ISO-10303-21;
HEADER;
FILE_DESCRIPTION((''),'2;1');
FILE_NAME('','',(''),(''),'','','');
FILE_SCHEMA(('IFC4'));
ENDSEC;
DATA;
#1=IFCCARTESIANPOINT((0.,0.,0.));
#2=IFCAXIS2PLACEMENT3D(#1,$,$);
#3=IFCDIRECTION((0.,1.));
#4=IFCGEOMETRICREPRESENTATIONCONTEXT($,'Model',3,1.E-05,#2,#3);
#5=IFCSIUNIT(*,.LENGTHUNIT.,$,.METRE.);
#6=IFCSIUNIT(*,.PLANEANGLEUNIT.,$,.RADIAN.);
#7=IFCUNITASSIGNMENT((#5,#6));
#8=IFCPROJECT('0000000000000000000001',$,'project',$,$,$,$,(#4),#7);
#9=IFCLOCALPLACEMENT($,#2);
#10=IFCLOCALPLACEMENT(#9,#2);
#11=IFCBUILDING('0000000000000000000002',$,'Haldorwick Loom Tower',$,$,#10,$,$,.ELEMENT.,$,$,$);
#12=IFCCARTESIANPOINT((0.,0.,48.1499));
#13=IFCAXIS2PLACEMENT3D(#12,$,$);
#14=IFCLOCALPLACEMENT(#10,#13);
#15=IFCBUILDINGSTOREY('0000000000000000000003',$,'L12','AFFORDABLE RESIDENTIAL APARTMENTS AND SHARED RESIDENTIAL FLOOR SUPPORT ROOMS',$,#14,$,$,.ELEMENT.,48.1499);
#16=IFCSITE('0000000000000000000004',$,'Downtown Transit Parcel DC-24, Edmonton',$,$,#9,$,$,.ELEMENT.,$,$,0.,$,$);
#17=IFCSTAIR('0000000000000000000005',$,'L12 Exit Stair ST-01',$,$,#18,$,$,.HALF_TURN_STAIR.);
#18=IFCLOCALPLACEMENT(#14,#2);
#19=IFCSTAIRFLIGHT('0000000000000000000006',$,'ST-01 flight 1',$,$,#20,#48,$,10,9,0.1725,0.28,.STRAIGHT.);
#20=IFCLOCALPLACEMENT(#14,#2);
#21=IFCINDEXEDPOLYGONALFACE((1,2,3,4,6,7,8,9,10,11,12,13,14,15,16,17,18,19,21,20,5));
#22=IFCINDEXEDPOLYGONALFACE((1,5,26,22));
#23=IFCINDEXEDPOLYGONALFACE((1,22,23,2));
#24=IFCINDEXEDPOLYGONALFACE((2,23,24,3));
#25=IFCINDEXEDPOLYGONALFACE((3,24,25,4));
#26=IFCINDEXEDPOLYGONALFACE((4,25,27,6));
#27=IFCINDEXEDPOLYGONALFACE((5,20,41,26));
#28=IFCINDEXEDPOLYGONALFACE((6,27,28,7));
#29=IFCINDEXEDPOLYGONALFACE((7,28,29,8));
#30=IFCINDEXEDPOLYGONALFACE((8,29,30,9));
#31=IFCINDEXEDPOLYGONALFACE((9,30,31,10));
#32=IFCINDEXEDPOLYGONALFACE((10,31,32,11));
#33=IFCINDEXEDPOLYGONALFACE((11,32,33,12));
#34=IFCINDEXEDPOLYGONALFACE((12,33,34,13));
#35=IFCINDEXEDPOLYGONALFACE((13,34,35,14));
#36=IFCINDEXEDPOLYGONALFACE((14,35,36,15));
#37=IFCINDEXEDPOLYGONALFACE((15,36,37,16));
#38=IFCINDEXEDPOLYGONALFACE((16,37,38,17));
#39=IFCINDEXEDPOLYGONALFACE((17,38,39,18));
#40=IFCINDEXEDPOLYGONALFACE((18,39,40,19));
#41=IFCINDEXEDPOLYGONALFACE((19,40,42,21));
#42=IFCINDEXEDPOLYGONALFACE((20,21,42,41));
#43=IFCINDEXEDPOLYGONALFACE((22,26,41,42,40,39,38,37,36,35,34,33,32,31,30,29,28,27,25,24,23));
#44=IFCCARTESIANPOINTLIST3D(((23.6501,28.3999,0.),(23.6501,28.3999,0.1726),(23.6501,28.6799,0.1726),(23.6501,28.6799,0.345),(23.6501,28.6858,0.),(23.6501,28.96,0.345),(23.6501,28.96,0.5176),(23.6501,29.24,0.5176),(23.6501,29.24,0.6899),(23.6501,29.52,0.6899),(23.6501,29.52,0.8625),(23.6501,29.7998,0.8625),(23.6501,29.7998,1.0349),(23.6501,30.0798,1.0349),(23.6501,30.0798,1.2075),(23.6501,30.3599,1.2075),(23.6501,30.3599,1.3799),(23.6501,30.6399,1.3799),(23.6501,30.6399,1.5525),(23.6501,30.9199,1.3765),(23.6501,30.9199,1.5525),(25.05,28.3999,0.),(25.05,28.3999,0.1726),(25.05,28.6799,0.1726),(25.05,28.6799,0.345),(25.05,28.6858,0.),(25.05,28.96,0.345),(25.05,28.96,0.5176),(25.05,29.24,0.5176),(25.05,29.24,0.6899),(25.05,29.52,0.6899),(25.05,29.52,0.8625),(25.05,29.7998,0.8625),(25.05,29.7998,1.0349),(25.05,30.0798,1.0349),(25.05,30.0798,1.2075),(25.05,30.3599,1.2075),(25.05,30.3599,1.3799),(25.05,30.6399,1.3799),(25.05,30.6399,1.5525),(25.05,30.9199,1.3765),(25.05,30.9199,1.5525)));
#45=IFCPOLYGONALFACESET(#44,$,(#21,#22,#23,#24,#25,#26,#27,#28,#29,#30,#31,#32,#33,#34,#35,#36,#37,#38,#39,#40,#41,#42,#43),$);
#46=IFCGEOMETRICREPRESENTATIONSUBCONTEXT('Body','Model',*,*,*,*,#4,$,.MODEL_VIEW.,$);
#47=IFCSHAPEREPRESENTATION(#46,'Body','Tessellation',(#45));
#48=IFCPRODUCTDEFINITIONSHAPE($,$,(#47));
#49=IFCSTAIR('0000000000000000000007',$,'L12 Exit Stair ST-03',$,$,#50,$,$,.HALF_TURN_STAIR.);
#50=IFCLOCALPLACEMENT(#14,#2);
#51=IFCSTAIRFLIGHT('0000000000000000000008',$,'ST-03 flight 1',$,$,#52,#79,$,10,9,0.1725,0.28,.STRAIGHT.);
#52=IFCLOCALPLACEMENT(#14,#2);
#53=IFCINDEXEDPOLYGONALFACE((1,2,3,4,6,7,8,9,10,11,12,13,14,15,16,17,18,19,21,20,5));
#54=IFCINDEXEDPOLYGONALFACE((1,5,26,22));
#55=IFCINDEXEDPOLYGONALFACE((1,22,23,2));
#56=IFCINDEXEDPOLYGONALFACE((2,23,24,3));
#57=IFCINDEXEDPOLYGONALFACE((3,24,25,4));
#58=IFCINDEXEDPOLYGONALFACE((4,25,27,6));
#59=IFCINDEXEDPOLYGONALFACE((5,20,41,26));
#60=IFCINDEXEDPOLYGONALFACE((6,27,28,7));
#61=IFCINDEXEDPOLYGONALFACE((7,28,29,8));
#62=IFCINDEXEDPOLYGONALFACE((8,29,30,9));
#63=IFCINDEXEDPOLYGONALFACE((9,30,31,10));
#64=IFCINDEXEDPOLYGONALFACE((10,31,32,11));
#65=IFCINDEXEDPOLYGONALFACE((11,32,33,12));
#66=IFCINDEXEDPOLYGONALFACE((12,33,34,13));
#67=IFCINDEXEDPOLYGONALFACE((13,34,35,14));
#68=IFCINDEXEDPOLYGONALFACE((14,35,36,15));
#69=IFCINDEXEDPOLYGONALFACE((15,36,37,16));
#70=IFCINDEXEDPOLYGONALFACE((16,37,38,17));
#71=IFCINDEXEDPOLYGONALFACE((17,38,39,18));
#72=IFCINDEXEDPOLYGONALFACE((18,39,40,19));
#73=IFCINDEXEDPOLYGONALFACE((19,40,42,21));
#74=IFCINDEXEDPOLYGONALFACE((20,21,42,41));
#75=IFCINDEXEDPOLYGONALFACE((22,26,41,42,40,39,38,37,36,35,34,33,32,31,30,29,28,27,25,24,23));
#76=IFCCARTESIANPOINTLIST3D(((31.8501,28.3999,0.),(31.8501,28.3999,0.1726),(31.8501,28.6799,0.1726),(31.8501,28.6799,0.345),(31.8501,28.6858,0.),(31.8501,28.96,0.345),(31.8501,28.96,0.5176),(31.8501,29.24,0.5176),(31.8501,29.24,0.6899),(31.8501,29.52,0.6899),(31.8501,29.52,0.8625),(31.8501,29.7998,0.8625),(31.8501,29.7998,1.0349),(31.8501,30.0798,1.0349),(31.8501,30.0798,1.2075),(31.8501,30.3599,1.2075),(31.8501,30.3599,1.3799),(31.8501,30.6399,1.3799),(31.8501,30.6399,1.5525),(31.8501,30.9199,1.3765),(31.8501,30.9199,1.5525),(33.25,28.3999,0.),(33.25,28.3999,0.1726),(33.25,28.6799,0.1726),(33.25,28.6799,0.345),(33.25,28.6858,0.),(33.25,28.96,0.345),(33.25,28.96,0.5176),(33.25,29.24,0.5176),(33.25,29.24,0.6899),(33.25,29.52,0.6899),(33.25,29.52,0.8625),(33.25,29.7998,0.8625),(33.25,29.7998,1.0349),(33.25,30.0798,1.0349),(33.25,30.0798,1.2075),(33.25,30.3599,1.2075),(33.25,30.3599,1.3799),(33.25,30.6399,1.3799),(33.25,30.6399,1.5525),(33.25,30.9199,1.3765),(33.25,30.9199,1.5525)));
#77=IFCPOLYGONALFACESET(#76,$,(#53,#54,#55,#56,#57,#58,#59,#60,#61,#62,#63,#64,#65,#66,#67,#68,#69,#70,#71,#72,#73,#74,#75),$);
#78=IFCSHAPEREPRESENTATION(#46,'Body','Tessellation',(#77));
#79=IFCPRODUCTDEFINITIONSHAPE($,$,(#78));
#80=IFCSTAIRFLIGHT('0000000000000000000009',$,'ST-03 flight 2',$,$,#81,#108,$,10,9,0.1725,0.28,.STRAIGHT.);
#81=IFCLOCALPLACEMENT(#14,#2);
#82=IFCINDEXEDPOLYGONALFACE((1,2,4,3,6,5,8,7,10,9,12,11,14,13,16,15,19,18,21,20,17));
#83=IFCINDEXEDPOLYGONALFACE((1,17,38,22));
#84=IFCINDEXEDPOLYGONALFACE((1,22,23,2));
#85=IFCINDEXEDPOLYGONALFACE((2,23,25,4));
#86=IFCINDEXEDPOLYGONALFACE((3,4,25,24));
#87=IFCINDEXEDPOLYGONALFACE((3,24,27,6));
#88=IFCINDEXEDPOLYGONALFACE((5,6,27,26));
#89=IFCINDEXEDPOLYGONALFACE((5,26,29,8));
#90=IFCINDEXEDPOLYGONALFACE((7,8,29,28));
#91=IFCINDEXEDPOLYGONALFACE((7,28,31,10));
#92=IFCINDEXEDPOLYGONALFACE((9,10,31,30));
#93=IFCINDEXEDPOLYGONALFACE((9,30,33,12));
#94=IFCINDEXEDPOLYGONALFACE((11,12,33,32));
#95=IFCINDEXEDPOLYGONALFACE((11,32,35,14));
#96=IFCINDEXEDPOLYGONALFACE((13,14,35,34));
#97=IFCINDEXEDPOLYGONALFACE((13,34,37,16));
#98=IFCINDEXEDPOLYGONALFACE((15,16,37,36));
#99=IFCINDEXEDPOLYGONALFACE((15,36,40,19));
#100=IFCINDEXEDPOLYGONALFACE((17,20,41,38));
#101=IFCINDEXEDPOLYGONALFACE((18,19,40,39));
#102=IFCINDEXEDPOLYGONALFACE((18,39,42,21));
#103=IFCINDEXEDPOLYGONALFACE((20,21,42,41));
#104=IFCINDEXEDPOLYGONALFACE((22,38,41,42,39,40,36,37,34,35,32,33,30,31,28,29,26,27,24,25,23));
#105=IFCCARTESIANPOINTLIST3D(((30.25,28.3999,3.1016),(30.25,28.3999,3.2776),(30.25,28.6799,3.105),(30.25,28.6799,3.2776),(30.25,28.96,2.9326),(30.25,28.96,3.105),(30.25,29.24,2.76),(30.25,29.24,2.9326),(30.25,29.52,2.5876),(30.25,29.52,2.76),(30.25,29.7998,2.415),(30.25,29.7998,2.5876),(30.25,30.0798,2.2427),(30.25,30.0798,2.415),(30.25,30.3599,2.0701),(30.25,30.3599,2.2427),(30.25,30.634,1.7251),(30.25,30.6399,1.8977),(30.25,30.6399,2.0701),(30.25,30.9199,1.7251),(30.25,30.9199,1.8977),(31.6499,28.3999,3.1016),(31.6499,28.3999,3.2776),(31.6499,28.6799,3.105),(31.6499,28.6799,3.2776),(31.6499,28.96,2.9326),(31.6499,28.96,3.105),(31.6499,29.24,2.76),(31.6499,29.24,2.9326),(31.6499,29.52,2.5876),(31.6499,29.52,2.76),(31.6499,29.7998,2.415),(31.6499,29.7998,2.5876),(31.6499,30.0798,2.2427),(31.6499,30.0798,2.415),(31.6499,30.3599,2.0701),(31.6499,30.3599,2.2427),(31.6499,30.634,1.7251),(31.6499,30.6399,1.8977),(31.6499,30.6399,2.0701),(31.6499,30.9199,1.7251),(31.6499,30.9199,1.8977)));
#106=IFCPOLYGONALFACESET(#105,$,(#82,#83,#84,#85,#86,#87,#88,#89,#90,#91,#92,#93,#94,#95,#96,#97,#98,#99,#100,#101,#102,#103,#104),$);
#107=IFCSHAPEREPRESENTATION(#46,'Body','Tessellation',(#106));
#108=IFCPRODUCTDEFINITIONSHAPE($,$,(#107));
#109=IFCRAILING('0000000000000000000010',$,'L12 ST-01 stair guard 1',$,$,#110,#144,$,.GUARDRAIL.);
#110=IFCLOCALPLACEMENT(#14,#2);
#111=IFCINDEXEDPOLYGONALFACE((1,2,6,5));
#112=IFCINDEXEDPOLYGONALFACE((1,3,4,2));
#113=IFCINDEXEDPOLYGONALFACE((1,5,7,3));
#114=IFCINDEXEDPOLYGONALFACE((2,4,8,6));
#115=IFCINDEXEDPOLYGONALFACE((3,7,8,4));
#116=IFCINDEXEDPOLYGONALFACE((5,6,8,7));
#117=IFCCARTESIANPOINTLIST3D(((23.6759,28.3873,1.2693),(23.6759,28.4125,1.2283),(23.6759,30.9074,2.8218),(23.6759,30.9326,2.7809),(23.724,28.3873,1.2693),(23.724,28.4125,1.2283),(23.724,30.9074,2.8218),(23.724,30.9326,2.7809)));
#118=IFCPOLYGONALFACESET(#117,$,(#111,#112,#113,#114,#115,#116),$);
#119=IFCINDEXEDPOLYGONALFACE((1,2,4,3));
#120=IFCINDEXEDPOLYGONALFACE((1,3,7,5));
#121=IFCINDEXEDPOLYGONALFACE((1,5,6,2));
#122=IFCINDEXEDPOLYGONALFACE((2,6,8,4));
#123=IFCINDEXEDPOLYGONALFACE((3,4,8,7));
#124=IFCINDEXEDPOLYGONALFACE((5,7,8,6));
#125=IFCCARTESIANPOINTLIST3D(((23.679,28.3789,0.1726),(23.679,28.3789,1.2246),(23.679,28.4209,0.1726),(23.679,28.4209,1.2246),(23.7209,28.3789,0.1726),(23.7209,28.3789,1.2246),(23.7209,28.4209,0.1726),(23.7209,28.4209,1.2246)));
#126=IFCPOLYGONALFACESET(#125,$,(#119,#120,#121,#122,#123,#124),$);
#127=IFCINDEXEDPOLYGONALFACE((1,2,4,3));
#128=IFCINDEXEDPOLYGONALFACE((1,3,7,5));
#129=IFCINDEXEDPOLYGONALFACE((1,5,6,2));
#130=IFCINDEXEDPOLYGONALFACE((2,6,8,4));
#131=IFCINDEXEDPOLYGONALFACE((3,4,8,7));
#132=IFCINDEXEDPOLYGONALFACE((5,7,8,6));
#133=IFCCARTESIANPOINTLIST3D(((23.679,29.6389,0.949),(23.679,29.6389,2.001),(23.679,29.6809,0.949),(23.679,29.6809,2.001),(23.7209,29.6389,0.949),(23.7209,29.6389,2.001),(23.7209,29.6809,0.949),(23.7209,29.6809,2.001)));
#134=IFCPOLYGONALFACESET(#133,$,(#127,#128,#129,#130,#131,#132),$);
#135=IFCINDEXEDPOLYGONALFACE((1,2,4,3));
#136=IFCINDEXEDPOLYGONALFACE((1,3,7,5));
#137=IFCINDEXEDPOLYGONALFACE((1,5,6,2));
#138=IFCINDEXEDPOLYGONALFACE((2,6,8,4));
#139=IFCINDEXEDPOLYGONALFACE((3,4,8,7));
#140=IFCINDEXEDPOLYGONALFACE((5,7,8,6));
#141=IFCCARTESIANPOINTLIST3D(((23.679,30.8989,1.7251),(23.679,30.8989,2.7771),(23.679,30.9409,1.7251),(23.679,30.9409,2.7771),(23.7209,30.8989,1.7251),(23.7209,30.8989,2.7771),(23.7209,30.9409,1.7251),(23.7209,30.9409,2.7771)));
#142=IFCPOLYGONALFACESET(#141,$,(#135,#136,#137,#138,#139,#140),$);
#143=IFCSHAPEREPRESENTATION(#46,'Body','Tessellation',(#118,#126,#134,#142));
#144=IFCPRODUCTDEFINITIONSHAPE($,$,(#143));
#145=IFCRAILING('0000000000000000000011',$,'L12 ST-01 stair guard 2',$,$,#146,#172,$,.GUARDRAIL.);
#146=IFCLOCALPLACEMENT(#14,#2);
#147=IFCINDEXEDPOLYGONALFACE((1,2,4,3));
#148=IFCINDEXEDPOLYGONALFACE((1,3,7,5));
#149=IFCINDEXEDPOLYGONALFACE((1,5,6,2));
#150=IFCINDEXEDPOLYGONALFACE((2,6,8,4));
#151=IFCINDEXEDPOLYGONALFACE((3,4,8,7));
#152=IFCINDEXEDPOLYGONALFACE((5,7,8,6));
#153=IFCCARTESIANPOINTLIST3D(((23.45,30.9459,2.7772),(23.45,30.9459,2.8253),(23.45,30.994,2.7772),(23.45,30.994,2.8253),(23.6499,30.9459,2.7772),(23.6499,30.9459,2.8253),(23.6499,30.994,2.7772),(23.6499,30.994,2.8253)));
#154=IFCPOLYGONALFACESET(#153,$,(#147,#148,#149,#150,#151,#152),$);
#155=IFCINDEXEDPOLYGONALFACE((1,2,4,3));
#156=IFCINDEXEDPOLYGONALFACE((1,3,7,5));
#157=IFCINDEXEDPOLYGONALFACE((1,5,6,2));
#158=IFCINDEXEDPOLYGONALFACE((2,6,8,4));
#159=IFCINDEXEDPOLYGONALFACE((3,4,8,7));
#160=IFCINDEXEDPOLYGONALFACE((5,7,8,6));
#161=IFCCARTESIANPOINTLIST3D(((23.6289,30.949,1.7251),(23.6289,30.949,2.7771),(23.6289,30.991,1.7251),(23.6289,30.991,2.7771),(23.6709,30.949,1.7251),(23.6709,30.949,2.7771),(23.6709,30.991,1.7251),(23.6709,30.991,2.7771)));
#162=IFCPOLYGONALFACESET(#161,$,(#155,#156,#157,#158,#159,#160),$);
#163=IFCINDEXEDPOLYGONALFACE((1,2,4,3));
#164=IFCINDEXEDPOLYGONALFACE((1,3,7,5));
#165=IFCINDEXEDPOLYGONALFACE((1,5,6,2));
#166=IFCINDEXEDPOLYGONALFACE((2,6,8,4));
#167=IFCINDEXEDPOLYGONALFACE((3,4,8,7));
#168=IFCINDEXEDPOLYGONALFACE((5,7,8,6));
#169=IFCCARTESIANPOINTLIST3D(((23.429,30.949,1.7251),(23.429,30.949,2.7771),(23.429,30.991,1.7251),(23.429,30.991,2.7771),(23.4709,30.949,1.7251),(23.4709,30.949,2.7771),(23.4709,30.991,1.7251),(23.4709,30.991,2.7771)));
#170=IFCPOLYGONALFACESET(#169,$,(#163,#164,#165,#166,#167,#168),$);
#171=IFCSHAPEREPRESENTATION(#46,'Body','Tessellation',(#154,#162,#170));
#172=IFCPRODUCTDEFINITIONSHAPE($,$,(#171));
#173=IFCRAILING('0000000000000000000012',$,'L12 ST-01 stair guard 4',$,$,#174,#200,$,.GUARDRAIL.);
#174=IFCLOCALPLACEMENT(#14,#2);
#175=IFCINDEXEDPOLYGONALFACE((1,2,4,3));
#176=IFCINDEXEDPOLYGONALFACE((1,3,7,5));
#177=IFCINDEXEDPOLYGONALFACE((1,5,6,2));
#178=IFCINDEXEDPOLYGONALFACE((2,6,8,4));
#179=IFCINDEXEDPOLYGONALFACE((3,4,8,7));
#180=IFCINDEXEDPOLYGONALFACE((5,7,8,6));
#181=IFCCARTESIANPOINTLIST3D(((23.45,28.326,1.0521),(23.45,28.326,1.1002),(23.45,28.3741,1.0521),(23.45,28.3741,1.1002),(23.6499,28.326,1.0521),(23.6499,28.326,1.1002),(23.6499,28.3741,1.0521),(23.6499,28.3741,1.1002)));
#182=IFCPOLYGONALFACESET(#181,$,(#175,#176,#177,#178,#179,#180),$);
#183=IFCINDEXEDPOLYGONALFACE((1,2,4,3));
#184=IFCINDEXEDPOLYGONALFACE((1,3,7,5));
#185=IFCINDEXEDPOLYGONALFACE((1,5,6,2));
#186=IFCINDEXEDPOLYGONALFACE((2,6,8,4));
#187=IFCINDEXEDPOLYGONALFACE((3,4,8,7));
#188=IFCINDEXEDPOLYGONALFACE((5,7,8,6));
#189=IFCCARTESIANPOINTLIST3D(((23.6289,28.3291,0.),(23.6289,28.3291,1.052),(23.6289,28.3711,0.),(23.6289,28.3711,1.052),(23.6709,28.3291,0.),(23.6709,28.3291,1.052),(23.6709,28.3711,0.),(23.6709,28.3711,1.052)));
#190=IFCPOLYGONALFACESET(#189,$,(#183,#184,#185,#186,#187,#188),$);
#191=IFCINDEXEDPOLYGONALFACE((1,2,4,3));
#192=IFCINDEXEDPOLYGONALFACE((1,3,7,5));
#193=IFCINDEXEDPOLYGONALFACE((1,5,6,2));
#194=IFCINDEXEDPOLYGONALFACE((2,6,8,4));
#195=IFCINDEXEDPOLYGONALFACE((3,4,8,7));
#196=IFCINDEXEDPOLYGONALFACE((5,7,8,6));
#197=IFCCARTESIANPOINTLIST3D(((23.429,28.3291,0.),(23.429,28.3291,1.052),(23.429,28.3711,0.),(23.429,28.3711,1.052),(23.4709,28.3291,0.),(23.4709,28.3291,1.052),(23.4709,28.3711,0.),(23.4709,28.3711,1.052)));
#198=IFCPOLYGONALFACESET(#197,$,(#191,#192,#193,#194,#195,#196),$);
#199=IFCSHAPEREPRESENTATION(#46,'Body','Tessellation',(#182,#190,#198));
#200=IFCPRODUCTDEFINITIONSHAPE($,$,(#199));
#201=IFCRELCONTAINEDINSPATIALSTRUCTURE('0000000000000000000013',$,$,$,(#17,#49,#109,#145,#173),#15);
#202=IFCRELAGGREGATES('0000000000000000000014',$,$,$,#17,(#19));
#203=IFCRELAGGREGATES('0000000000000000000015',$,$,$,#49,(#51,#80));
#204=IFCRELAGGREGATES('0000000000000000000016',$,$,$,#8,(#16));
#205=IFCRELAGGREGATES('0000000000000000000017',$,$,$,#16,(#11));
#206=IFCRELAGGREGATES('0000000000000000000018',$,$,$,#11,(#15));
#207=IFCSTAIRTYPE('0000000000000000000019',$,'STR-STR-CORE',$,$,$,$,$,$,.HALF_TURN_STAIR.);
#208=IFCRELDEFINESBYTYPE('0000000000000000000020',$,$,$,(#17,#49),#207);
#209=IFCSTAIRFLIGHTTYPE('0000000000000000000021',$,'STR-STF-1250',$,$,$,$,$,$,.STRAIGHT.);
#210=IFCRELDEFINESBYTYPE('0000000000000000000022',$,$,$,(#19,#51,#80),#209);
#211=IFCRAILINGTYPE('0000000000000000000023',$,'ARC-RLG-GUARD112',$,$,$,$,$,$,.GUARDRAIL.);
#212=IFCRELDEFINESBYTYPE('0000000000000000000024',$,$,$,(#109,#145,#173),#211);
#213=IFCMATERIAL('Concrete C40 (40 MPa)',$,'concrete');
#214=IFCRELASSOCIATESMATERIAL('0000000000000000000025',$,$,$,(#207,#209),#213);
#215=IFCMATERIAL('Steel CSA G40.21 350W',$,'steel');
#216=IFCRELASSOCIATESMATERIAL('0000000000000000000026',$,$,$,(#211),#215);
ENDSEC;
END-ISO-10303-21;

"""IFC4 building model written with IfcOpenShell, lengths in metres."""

from ifc_helpers import new_model, si_unit, direction, frame, origin, origin_2d, place, context, subcontext, project, spatial, polyline, rectangle, outline, extrude, material, type_object, element, aggregate, save


model = new_model("IFC4")

# Units and contexts
model_context = context("Model", 3, precision=1e-05, world=origin(), true_north=direction((0.0, 1.0)))
body_context = subcontext(model_context, "Body", "Model", "MODEL_VIEW")
ifc_project = project(units=[si_unit("LENGTHUNIT", "METRE"), si_unit("PLANEANGLEUNIT", "RADIAN")], contexts=[model_context])

# Site, building, storey
site_placement = place(None, origin())
site = spatial("IfcSite", under=ifc_project, at=site_placement, Name="Downtown Transit Parcel DC-24, Edmonton", CompositionType="ELEMENT", RefElevation=0.0)
building_placement = place(site_placement, origin())
building = spatial("IfcBuilding", under=site, at=building_placement, Name="Haldorwick Loom Tower", CompositionType="ELEMENT")
storey_placement = place(building_placement, frame((0.0, 0.0, 48.1499)))
storey = spatial("IfcBuildingStorey", under=building, at=storey_placement, Name="L12", Description="AFFORDABLE RESIDENTIAL APARTMENTS AND SHARED RESIDENTIAL FLOOR SUPPORT ROOMS", CompositionType="ELEMENT", Elevation=48.1499)

# Shared definitions
ifc_material_1 = material(Name="Steel CSA G40.21 350W", Category="steel")

# Stair, stair flight
ifc_material_2 = material(Name="Concrete C40 (40 MPa)", Category="concrete")
stair_type = type_object("IfcStairType", Name="STR-STR-CORE", PredefinedType="HALF_TURN_STAIR", material=ifc_material_2)
stair_1_placement = place(storey_placement, origin())
stair_1 = element("IfcStair", 1, at=stair_1_placement, inside=storey, type_object=stair_type, Name="L12 Exit Stair ST-01", PredefinedType="HALF_TURN_STAIR")
stair_flight_type = type_object("IfcStairFlightType", Name="STR-STF-1250", PredefinedType="STRAIGHT", material=ifc_material_2)
stair_flight_1_placement = place(storey_placement, frame((24.3501, 28.3999, 0.0), z_axis=(0.0, 0.0, 1.0), x_axis=(0.0, 1.0, 0.0)))
stair_flight_1 = element("IfcStairFlight", 2, at=stair_flight_1_placement, type_object=stair_flight_type, Name="ST-01 flight 1", NumberOfRisers=10, NumberOfTreads=9, PredefinedType="STRAIGHT", RiserHeight=0.1725, TreadLength=0.28, context=body_context, shape_type="SweptSolid", body=[
    extrude(outline(polyline([(0.0, 0.0), (0.0, 0.1726), (0.28, 0.1726), (0.28, 0.345), (0.5601, 0.345), (0.5601, 0.5176), (0.8401, 0.5176), (0.8401, 0.6899), (1.1201, 0.6899), (1.1201, 0.8625), (1.3999, 0.8625), (1.3999, 1.0349), (1.6799, 1.0349), (1.6799, 1.2075), (1.96, 1.2075), (1.96, 1.3799), (2.24, 1.3799), (2.24, 1.5525), (2.52, 1.5525), (2.52, 1.7251), (2.52, 1.3765), (0.2859, 0.0), (0.0, 0.0)])), frame((0.0, 0.7, 0.0), z_axis=(0.0, -1.0, 0.0), x_axis=(1.0, 0.0, 0.0)), (0.0, 0.0, 1.0), 1.3999),
])
aggregate(stair_1, [stair_flight_1])

# Stair, stair flights
stair_2_placement = place(storey_placement, origin())
stair_2 = element("IfcStair", 3, at=stair_2_placement, inside=storey, type_object=stair_type, Name="L12 Exit Stair ST-03", PredefinedType="HALF_TURN_STAIR")
stair_flight_2_placement = place(storey_placement, frame((32.55, 28.3999, 0.0), z_axis=(0.0, 0.0, 1.0), x_axis=(0.0, 1.0, 0.0)))
stair_flight_2 = element("IfcStairFlight", 4, at=stair_flight_2_placement, type_object=stair_flight_type, Name="ST-03 flight 1", NumberOfRisers=10, NumberOfTreads=9, PredefinedType="STRAIGHT", RiserHeight=0.1725, TreadLength=0.28, context=body_context, shape_type="SweptSolid", body=[
    extrude(outline(polyline([(0.0, 0.0), (0.0, 0.1726), (0.28, 0.1726), (0.28, 0.345), (0.5601, 0.345), (0.5601, 0.5176), (0.8401, 0.5176), (0.8401, 0.6899), (1.1201, 0.6899), (1.1201, 0.8625), (1.3999, 0.8625), (1.3999, 1.0349), (1.6799, 1.0349), (1.6799, 1.2075), (1.96, 1.2075), (1.96, 1.3799), (2.24, 1.3799), (2.24, 1.5525), (2.52, 1.5525), (2.52, 1.7251), (2.52, 1.3765), (0.2859, 0.0), (0.0, 0.0)])), frame((0.0, 0.7, 0.0), z_axis=(0.0, -1.0, 0.0), x_axis=(1.0, 0.0, 0.0)), (0.0, 0.0, 1.0), 1.3999),
])
stair_flight_3_placement = place(storey_placement, frame((30.95, 30.9199, 1.7251), z_axis=(0.0, 0.0, 1.0), x_axis=(0.0, -1.0, 0.0)))
stair_flight_3 = element("IfcStairFlight", 5, at=stair_flight_3_placement, type_object=stair_flight_type, Name="ST-03 flight 2", NumberOfRisers=10, NumberOfTreads=9, PredefinedType="STRAIGHT", RiserHeight=0.1725, TreadLength=0.28, context=body_context, shape_type="SweptSolid", body=[
    extrude(outline(polyline([(0.0, 0.0), (0.0, 0.1726), (0.28, 0.1726), (0.28, 0.345), (0.5601, 0.345), (0.5601, 0.5176), (0.8401, 0.5176), (0.8401, 0.6899), (1.1201, 0.6899), (1.1201, 0.8625), (1.3999, 0.8625), (1.3999, 1.0349), (1.6799, 1.0349), (1.6799, 1.2075), (1.96, 1.2075), (1.96, 1.3799), (2.24, 1.3799), (2.24, 1.5525), (2.52, 1.5525), (2.52, 1.7251), (2.52, 1.3765), (0.2859, 0.0), (0.0, 0.0)])), frame((0.0, 0.7, 0.0), z_axis=(0.0, -1.0, 0.0), x_axis=(1.0, 0.0, 0.0)), (0.0, 0.0, 1.0), 1.3999),
])
aggregate(stair_2, [stair_flight_2, stair_flight_3])

# Railings
railing_type_1 = type_object("IfcRailingType", Name="ARC-RLG-GUARD112", PredefinedType="GUARDRAIL", material=ifc_material_1)
railing_1_placement = place(storey_placement, frame((23.7, 28.3999, 0.1726)))
element("IfcRailing", 6, at=railing_1_placement, inside=storey, type_object=railing_type_1, Name="L12 ST-01 stair guard 1", PredefinedType="GUARDRAIL", context=body_context, shape_type="SweptSolid", body=[
    extrude(rectangle(XDim=0.0481, YDim=0.0481, at=origin_2d()), frame((0.0, 0.0, 1.0762), z_axis=(0.0, 0.8514, 0.524516), x_axis=(-1.0, 0.0, 0.0)), (0.0, 0.0, 1.0), 2.96),
    extrude(rectangle(XDim=0.042, YDim=0.042, at=origin_2d()), origin(), (0.0, 0.0, 1.0), 1.052),
    extrude(rectangle(XDim=0.042, YDim=0.042, at=origin_2d()), frame((0.0, 1.26, 0.7764)), (0.0, 0.0, 1.0), 1.052),
    extrude(rectangle(XDim=0.042, YDim=0.042, at=origin_2d()), frame((0.0, 2.52, 1.5525)), (0.0, 0.0, 1.0), 1.052),
])
for number, where, name in (
    (7, (23.6499, 30.97, 1.7251), "L12 ST-01 stair guard 2"),
    (8, (23.6499, 28.3501, 0.0), "L12 ST-01 stair guard 4"),
):
    element("IfcRailing", number, at=place(storey_placement, frame(where)), inside=storey, type_object=railing_type_1, Name=name, PredefinedType="GUARDRAIL", context=body_context, shape_type="SweptSolid", body=[
        extrude(rectangle(XDim=0.0481, YDim=0.0481, at=origin_2d()), frame((0.0, 0.0, 1.0762), z_axis=(-1.0, 0.0, 0.0), x_axis=(0.0, -1.0, 0.0)), (0.0, 0.0, 1.0), 0.2),
        extrude(rectangle(XDim=0.042, YDim=0.042, at=origin_2d()), origin(), (0.0, 0.0, 1.0), 1.052),
        extrude(rectangle(XDim=0.042, YDim=0.042, at=origin_2d()), frame((-0.2, 0.0, 0.0)), (0.0, 0.0, 1.0), 1.052),
    ])

save(model, "model.ifc")
